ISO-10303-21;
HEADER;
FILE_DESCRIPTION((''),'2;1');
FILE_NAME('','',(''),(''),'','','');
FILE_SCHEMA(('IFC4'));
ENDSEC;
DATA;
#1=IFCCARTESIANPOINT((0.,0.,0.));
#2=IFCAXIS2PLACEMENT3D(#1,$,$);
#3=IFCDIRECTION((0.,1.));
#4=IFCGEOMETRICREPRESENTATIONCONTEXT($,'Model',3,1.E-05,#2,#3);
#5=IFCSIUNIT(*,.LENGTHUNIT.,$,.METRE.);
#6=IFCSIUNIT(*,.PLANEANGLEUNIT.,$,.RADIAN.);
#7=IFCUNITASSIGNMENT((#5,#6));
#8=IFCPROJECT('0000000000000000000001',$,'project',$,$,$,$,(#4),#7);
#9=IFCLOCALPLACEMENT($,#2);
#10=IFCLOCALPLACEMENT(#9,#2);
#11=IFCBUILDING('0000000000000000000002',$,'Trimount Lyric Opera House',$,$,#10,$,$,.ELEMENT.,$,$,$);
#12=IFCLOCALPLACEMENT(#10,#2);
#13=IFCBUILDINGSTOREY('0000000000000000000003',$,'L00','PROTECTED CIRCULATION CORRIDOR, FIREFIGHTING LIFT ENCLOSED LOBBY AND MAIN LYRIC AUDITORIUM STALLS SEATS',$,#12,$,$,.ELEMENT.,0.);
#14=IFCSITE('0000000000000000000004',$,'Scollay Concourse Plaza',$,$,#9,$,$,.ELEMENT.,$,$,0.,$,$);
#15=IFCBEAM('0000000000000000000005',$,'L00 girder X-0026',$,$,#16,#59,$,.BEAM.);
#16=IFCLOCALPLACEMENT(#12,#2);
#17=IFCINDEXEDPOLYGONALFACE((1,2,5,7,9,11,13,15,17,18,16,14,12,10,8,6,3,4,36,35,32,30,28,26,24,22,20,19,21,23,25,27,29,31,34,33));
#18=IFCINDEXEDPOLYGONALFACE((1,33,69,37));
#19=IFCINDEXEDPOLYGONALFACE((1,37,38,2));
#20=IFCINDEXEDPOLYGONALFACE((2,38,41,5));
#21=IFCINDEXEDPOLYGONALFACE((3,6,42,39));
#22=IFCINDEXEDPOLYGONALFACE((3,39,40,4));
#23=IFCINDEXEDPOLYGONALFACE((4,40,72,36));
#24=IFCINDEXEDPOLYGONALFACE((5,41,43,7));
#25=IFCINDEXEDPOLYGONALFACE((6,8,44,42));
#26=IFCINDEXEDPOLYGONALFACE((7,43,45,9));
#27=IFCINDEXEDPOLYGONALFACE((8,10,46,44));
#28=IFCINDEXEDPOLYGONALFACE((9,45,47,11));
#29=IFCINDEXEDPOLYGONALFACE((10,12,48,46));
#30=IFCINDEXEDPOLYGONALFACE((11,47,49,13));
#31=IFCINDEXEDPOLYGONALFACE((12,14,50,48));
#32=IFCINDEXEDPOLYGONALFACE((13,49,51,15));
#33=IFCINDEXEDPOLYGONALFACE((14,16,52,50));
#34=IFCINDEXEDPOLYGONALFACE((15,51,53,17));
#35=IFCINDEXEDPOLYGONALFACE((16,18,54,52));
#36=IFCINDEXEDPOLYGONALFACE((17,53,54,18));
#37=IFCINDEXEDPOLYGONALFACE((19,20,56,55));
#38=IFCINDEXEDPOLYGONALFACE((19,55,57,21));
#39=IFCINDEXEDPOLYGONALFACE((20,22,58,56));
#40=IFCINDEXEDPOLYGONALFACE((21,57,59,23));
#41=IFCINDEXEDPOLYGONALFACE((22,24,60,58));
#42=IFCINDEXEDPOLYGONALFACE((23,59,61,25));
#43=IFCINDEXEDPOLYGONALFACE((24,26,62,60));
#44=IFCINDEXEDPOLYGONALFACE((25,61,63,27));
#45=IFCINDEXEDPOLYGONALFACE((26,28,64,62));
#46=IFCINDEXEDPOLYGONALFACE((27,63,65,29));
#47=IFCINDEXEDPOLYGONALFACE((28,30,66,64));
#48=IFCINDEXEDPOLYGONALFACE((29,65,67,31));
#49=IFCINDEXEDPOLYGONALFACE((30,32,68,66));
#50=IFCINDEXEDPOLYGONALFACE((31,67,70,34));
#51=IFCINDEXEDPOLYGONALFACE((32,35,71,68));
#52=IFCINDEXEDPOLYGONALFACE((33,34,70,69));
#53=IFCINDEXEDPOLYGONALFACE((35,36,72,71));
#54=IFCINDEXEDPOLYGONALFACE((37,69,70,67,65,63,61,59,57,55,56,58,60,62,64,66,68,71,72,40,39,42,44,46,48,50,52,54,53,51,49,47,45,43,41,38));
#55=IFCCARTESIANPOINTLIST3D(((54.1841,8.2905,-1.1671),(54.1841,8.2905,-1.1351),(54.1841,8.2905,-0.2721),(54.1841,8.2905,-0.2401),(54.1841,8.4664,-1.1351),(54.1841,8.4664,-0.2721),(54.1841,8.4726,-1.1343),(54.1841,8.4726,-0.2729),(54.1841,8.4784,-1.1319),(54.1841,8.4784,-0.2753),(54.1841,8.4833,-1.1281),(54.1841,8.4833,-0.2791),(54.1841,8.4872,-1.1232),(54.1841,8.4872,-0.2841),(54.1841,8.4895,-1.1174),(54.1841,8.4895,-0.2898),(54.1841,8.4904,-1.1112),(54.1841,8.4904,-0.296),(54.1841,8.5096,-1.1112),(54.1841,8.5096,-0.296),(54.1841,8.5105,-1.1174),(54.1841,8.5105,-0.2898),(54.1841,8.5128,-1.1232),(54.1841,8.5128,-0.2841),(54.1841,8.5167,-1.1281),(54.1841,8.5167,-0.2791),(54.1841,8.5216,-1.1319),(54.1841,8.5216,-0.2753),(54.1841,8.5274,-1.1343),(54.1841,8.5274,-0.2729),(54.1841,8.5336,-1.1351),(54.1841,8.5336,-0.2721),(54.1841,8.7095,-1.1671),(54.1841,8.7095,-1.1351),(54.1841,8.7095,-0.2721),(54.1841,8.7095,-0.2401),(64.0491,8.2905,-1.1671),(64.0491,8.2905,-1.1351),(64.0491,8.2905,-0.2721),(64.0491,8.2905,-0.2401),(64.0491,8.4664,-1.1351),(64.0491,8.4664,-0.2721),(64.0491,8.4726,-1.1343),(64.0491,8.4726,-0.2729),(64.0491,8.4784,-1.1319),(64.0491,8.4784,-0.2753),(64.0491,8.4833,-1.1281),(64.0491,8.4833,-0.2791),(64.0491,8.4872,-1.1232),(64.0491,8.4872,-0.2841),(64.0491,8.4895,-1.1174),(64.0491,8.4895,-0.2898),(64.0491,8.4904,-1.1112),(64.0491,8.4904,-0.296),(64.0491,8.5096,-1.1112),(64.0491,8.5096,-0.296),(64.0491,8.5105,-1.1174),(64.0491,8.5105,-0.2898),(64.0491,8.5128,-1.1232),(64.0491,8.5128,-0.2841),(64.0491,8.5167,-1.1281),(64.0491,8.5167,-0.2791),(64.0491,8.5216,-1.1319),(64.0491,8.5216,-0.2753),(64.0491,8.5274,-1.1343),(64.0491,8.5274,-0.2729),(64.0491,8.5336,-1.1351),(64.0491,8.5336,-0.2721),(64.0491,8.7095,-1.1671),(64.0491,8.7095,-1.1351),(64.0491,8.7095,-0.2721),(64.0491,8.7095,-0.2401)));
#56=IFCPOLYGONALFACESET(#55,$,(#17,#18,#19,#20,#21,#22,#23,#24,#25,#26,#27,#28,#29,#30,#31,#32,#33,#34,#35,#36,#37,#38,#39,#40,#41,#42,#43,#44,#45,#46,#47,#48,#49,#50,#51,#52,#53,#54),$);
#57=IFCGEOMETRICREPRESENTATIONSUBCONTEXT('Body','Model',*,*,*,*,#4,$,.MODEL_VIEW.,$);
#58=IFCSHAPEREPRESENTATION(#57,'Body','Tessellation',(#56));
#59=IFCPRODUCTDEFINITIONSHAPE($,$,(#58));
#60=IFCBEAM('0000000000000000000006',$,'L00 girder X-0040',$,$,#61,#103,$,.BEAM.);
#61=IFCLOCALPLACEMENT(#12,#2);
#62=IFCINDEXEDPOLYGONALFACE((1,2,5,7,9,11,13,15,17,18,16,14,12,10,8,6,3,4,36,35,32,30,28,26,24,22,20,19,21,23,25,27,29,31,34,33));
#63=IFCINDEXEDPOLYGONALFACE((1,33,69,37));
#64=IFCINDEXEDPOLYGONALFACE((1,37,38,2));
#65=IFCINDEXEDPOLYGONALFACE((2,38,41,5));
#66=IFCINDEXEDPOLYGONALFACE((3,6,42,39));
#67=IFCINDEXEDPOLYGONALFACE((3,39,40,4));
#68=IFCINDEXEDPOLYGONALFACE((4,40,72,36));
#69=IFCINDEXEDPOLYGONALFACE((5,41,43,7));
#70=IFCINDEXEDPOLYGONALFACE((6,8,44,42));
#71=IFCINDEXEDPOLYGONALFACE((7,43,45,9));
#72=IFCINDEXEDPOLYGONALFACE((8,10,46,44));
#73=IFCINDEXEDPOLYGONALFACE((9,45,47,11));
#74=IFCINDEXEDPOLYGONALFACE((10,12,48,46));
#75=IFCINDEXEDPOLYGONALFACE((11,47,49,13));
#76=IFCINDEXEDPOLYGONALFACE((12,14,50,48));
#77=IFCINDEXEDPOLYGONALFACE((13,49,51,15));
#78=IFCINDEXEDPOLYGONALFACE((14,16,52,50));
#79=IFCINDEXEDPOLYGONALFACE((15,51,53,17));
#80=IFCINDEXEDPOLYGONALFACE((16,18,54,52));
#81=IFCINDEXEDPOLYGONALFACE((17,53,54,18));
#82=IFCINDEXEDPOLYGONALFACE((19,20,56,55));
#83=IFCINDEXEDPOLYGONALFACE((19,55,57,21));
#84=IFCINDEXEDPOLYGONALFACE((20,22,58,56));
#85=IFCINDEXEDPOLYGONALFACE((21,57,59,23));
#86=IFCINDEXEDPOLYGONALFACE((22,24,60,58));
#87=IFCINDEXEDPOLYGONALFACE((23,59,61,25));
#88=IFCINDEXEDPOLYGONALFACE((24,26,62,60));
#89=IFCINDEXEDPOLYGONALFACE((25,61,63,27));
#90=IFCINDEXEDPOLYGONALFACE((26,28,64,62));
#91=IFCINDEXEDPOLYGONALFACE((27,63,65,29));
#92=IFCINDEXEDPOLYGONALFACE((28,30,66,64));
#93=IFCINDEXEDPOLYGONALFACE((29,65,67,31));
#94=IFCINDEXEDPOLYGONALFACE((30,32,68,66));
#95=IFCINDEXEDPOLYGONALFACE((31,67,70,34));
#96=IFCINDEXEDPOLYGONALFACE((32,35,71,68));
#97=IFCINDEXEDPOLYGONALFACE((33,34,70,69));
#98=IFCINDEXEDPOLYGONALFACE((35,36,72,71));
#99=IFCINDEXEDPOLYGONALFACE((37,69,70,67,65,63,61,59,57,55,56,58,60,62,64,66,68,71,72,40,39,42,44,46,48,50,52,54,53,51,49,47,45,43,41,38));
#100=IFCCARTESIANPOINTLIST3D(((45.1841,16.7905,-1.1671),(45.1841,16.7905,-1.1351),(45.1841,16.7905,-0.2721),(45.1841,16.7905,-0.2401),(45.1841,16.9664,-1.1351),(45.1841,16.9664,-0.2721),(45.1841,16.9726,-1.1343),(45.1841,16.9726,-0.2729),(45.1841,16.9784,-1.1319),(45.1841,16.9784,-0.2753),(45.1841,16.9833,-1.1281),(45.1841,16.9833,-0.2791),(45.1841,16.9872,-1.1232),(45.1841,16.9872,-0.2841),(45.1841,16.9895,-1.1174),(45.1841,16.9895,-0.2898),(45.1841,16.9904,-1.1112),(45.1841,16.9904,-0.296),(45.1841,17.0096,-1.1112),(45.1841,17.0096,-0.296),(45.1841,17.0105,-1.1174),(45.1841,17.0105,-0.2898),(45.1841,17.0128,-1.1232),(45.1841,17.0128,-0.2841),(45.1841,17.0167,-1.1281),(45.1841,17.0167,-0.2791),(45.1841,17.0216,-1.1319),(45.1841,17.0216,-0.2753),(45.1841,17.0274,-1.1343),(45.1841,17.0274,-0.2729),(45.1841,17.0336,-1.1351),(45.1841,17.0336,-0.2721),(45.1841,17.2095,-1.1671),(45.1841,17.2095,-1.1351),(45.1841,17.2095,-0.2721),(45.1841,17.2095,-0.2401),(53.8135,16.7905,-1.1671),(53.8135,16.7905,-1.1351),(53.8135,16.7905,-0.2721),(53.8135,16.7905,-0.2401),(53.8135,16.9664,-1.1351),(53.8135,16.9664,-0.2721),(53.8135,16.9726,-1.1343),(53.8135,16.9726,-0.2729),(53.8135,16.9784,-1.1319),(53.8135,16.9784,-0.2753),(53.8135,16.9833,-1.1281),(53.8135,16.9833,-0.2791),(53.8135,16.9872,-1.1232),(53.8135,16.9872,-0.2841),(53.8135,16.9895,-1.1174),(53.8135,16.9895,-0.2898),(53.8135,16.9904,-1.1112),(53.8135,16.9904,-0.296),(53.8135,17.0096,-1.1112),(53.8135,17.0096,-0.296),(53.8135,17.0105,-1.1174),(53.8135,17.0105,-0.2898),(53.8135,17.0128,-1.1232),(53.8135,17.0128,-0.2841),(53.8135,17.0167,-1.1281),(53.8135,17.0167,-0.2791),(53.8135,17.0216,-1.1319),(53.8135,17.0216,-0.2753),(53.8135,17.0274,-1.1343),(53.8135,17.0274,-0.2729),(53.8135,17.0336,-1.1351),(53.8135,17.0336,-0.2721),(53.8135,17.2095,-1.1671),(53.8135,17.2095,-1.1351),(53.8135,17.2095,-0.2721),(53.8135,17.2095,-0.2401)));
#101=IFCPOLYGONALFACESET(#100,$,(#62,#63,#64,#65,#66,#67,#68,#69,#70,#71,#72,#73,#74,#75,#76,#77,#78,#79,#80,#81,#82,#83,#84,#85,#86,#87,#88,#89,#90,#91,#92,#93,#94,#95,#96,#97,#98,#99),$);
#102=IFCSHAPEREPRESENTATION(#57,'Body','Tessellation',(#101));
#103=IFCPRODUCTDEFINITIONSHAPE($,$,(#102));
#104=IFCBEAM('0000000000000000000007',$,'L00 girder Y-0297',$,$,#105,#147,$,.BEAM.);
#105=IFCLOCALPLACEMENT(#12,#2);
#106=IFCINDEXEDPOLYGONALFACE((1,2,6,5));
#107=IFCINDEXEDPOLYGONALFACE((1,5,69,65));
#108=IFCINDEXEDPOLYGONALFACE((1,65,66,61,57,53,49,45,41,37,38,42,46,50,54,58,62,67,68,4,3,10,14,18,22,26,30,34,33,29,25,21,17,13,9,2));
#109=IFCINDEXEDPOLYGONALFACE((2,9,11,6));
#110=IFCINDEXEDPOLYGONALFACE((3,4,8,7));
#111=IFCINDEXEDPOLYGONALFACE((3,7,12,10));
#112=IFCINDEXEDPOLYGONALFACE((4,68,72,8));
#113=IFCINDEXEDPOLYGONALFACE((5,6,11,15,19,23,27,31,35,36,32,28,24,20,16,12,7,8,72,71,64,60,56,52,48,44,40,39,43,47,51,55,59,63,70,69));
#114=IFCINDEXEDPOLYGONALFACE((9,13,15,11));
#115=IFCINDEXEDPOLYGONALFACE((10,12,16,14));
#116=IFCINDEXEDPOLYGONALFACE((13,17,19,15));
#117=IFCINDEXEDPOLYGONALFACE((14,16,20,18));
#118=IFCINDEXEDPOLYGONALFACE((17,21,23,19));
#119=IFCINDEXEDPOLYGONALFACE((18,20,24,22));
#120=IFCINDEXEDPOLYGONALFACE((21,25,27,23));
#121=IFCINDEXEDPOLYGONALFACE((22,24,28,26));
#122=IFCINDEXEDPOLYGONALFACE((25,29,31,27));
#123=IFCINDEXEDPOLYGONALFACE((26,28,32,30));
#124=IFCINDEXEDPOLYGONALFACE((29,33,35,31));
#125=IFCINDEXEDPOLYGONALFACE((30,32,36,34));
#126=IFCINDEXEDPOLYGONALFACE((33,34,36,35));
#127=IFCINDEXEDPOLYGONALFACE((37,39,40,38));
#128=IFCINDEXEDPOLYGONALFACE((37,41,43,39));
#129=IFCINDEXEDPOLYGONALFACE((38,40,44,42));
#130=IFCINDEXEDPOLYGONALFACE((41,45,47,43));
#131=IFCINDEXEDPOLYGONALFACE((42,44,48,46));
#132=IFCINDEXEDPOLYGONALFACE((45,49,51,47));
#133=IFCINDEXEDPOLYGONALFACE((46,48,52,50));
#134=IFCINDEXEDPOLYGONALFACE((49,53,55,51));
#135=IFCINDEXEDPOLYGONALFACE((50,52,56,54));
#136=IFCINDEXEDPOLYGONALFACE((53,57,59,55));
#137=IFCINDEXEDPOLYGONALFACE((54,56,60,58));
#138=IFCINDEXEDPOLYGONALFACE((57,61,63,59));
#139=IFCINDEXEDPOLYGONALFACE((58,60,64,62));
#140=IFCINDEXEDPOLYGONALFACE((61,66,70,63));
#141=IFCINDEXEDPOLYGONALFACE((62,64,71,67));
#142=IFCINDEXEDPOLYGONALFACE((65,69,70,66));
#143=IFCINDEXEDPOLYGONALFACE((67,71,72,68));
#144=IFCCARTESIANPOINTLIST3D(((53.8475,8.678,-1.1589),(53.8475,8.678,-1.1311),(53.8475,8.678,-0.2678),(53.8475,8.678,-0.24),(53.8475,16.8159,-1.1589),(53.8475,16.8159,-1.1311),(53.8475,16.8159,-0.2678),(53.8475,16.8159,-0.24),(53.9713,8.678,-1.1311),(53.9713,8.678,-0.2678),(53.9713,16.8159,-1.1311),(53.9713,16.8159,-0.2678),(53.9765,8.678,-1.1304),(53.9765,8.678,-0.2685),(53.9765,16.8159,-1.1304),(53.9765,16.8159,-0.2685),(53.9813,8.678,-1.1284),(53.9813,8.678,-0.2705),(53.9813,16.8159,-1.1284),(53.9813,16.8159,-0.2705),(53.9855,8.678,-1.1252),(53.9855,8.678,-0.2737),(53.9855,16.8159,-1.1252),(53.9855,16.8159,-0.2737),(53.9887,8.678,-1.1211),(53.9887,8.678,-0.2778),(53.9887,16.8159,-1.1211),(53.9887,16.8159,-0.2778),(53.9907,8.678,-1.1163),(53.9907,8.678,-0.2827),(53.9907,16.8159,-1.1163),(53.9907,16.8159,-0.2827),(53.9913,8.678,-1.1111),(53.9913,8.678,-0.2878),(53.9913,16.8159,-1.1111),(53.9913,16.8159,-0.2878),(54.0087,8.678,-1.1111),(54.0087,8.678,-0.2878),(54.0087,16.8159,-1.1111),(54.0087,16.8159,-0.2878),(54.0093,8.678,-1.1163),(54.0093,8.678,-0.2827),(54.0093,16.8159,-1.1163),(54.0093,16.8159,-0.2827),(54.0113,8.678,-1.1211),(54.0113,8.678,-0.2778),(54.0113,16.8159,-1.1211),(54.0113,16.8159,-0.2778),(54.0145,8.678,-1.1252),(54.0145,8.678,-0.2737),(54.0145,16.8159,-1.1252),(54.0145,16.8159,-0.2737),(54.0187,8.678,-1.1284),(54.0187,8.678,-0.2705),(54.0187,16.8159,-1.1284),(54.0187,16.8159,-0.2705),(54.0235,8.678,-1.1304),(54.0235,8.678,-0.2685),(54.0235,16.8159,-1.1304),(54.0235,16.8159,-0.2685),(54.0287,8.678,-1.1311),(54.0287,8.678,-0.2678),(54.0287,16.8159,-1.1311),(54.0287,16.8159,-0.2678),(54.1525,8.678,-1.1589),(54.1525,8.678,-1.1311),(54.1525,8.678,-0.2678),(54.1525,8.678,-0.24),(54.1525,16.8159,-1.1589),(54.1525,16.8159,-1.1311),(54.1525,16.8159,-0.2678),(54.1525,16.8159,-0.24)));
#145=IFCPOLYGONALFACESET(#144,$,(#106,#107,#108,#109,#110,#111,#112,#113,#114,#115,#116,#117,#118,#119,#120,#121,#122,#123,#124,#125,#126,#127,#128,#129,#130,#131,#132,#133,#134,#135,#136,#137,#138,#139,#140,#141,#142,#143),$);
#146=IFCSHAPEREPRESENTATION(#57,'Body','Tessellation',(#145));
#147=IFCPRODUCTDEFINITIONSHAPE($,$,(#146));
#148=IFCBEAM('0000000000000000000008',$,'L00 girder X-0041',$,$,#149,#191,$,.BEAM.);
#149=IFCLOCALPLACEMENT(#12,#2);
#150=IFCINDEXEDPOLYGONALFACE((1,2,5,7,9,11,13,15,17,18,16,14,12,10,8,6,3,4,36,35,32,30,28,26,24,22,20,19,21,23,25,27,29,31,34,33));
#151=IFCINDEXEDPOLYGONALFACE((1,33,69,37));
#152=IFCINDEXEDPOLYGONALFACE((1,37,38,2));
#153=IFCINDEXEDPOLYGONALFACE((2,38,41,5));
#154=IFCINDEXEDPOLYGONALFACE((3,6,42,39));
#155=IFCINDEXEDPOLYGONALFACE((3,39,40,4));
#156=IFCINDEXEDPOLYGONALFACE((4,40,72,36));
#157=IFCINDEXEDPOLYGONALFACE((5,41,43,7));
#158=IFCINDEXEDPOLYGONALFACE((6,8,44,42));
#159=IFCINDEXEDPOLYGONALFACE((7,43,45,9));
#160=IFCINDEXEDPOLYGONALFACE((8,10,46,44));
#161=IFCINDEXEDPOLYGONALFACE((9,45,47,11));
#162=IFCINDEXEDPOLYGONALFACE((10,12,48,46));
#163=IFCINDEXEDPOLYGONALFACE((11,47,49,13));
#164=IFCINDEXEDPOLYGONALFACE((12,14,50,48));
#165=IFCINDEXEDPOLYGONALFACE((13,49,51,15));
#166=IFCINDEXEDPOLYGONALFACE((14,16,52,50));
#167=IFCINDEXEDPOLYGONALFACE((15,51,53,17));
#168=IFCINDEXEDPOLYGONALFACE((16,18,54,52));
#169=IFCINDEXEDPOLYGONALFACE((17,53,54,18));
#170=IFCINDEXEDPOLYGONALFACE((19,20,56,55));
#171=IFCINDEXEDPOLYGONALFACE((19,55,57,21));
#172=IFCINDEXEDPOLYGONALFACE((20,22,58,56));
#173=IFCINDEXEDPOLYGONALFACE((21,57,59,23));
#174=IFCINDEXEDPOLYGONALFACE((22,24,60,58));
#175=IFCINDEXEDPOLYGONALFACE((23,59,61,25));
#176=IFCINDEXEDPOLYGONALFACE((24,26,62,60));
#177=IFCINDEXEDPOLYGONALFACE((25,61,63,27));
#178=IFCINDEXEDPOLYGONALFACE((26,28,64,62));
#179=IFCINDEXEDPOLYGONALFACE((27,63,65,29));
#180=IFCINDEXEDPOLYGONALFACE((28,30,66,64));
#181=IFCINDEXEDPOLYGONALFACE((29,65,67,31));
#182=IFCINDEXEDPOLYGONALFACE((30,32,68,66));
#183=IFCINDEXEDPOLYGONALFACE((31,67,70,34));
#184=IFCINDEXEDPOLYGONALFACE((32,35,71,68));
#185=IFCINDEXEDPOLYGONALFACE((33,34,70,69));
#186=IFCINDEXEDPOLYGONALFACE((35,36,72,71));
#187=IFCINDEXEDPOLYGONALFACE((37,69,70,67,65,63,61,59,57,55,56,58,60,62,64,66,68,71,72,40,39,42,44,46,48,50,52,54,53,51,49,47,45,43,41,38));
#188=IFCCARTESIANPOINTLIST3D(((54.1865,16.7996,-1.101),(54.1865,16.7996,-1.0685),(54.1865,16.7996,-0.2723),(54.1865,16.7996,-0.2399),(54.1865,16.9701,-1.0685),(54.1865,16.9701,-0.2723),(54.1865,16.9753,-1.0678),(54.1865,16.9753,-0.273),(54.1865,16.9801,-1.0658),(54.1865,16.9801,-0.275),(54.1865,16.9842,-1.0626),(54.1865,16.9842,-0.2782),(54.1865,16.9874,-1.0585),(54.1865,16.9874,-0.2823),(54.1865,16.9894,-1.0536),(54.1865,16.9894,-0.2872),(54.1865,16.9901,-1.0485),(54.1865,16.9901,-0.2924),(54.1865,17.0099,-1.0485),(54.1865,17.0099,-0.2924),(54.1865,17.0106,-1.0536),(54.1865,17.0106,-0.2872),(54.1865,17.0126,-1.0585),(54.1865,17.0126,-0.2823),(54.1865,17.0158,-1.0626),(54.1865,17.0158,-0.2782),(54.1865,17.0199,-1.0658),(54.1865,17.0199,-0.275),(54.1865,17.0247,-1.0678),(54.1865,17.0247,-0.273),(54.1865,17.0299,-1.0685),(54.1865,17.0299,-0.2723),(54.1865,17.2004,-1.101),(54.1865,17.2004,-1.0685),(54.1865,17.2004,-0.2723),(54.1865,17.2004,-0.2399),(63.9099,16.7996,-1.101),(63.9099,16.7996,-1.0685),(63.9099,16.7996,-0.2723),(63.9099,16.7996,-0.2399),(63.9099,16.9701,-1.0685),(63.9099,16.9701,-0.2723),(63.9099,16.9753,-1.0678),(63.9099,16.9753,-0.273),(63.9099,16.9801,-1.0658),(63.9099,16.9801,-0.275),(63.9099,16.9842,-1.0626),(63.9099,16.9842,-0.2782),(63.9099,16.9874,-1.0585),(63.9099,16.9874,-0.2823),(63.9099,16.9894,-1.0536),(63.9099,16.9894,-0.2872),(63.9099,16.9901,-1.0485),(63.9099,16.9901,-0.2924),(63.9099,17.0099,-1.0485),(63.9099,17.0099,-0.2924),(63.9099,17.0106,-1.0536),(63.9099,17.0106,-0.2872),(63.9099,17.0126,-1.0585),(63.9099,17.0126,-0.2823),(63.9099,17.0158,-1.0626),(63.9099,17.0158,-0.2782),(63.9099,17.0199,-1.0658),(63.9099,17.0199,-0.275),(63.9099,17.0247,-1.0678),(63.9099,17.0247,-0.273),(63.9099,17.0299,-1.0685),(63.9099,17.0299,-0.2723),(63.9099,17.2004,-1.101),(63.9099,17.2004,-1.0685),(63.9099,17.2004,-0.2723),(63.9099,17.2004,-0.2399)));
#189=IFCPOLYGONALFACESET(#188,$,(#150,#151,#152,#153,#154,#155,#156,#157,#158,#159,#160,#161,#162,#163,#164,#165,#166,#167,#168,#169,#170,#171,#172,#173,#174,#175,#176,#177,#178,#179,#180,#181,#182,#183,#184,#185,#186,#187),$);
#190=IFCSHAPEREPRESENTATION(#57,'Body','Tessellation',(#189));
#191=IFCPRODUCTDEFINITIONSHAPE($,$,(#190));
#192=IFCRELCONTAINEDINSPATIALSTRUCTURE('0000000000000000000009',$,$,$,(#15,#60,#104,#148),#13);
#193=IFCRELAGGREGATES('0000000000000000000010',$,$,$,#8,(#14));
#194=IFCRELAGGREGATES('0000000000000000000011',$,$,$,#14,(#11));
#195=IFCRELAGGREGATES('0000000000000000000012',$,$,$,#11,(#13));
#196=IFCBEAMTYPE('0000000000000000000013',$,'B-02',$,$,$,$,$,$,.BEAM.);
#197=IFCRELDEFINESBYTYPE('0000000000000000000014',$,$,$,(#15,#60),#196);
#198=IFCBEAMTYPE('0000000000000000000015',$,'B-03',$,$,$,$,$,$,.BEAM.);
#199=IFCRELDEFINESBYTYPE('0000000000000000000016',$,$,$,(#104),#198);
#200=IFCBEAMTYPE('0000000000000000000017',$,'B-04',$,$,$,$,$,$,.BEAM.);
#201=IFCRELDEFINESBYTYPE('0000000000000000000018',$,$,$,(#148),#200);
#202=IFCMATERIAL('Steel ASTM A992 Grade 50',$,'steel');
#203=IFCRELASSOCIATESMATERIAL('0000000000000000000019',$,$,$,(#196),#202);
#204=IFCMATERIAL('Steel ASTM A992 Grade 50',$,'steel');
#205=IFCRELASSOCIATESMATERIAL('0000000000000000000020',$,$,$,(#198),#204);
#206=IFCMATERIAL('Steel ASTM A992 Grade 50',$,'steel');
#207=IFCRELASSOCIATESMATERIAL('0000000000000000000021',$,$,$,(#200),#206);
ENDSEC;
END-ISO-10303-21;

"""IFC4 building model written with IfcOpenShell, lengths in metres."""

from ifc_helpers import new_model, si_unit, direction, frame, origin, origin_2d, place, context, subcontext, project, spatial, i_section, extrude, material, material_profile, profile_set, type_object, element, save


model = new_model("IFC4")

# Units and contexts
model_context = context("Model", 3, precision=1e-05, world=origin(), true_north=direction((0.0, 1.0)))
body_context = subcontext(model_context, "Body", "Model", "MODEL_VIEW")
ifc_project = project(units=[si_unit("LENGTHUNIT", "METRE"), si_unit("PLANEANGLEUNIT", "RADIAN")], contexts=[model_context])

# Site, building, storey
site_placement = place(None, origin())
site = spatial("IfcSite", under=ifc_project, at=site_placement, Name="Scollay Concourse Plaza", CompositionType="ELEMENT", RefElevation=0.0)
building_placement = place(site_placement, origin())
building = spatial("IfcBuilding", under=site, at=building_placement, Name="Trimount Lyric Opera House", CompositionType="ELEMENT")
storey_placement = place(building_placement, origin())
storey = spatial("IfcBuildingStorey", under=building, at=storey_placement, Name="L00", Description="PROTECTED CIRCULATION CORRIDOR, FIREFIGHTING LIFT ENCLOSED LOBBY AND MAIN LYRIC AUDITORIUM STALLS SEATS", CompositionType="ELEMENT", Elevation=0.0)

# Beams
ifc_material_1 = material(Name="Steel ASTM A992 Grade 50", Category="steel")
ifc_material_profile_1 = material_profile(ifc_material_1, i_section(OverallWidth=0.4189, OverallDepth=0.927, WebThickness=0.0193, FlangeThickness=0.032, FilletRadius=0.0239, at=origin_2d()), Name="W36X231")
ifc_profile_set_1 = profile_set([ifc_material_profile_1], Name="Steel ASTM A992 Grade 50")
beam_type_1 = type_object("IfcBeamType", Name="B-02", PredefinedType="BEAM", material=ifc_profile_set_1)
beam_1_placement = place(storey_placement, frame((54.1841, 8.5, -0.7036), z_axis=(1.0, 0.0, 0.0), x_axis=(0.0, 1.0, 0.0)))
element("IfcBeam", 1, at=beam_1_placement, inside=storey, type_object=beam_type_1, Name="L00 girder X-0026", PredefinedType="BEAM", context=body_context, shape_type="SweptSolid", body=[
    extrude(i_section(OverallWidth=0.4189, OverallDepth=0.927, WebThickness=0.0193, FlangeThickness=0.032, FilletRadius=0.0239, at=origin_2d()), origin(), (0.0, 0.0, 1.0), 9.865),
])
beam_2_placement = place(storey_placement, frame((45.1841, 17.0, -0.7036), z_axis=(1.0, 0.0, 0.0), x_axis=(0.0, 1.0, 0.0)))
element("IfcBeam", 2, at=beam_2_placement, inside=storey, type_object=beam_type_1, Name="L00 girder X-0040", PredefinedType="BEAM", context=body_context, shape_type="SweptSolid", body=[
    extrude(i_section(OverallWidth=0.4189, OverallDepth=0.927, WebThickness=0.0193, FlangeThickness=0.032, FilletRadius=0.0239, at=origin_2d()), origin(), (0.0, 0.0, 1.0), 8.6294),
])
ifc_material_2 = material(Name="Steel ASTM A992 Grade 50", Category="steel")
ifc_material_profile_2 = material_profile(ifc_material_2, i_section(OverallWidth=0.3049, OverallDepth=0.9189, WebThickness=0.0173, FlangeThickness=0.0278, FilletRadius=0.02, at=origin_2d()), Name="W36X170")
ifc_profile_set_2 = profile_set([ifc_material_profile_2], Name="Steel ASTM A992 Grade 50")
beam_type_2 = type_object("IfcBeamType", Name="B-03", PredefinedType="BEAM", material=ifc_profile_set_2)
beam_3_placement = place(storey_placement, frame((54.0, 8.678, -0.6995), z_axis=(0.0, 1.0, 0.0), x_axis=(-1.0, 0.0, 0.0)))
element("IfcBeam", 3, at=beam_3_placement, inside=storey, type_object=beam_type_2, Name="L00 girder Y-0297", PredefinedType="BEAM", context=body_context, shape_type="SweptSolid", body=[
    extrude(i_section(OverallWidth=0.3049, OverallDepth=0.9189, WebThickness=0.0173, FlangeThickness=0.0278, FilletRadius=0.02, at=origin_2d()), origin(), (0.0, 0.0, 1.0), 8.1379),
])
ifc_material_3 = material(Name="Steel ASTM A992 Grade 50", Category="steel")
ifc_material_profile_3 = material_profile(ifc_material_3, i_section(OverallWidth=0.4009, OverallDepth=0.8611, WebThickness=0.0198, FlangeThickness=0.0325, FilletRadius=0.02, at=origin_2d()), Name="W33X221")
ifc_profile_set_3 = profile_set([ifc_material_profile_3], Name="Steel ASTM A992 Grade 50")
beam_type_3 = type_object("IfcBeamType", Name="B-04", PredefinedType="BEAM", material=ifc_profile_set_3)
beam_4_placement = place(storey_placement, frame((54.1865, 17.0, -0.6704), z_axis=(1.0, 0.0, 0.0), x_axis=(0.0, 1.0, 0.0)))
element("IfcBeam", 4, at=beam_4_placement, inside=storey, type_object=beam_type_3, Name="L00 girder X-0041", PredefinedType="BEAM", context=body_context, shape_type="SweptSolid", body=[
    extrude(i_section(OverallWidth=0.4009, OverallDepth=0.8611, WebThickness=0.0198, FlangeThickness=0.0325, FilletRadius=0.02, at=origin_2d()), origin(), (0.0, 0.0, 1.0), 9.7234),
])

save(model, "model.ifc")
